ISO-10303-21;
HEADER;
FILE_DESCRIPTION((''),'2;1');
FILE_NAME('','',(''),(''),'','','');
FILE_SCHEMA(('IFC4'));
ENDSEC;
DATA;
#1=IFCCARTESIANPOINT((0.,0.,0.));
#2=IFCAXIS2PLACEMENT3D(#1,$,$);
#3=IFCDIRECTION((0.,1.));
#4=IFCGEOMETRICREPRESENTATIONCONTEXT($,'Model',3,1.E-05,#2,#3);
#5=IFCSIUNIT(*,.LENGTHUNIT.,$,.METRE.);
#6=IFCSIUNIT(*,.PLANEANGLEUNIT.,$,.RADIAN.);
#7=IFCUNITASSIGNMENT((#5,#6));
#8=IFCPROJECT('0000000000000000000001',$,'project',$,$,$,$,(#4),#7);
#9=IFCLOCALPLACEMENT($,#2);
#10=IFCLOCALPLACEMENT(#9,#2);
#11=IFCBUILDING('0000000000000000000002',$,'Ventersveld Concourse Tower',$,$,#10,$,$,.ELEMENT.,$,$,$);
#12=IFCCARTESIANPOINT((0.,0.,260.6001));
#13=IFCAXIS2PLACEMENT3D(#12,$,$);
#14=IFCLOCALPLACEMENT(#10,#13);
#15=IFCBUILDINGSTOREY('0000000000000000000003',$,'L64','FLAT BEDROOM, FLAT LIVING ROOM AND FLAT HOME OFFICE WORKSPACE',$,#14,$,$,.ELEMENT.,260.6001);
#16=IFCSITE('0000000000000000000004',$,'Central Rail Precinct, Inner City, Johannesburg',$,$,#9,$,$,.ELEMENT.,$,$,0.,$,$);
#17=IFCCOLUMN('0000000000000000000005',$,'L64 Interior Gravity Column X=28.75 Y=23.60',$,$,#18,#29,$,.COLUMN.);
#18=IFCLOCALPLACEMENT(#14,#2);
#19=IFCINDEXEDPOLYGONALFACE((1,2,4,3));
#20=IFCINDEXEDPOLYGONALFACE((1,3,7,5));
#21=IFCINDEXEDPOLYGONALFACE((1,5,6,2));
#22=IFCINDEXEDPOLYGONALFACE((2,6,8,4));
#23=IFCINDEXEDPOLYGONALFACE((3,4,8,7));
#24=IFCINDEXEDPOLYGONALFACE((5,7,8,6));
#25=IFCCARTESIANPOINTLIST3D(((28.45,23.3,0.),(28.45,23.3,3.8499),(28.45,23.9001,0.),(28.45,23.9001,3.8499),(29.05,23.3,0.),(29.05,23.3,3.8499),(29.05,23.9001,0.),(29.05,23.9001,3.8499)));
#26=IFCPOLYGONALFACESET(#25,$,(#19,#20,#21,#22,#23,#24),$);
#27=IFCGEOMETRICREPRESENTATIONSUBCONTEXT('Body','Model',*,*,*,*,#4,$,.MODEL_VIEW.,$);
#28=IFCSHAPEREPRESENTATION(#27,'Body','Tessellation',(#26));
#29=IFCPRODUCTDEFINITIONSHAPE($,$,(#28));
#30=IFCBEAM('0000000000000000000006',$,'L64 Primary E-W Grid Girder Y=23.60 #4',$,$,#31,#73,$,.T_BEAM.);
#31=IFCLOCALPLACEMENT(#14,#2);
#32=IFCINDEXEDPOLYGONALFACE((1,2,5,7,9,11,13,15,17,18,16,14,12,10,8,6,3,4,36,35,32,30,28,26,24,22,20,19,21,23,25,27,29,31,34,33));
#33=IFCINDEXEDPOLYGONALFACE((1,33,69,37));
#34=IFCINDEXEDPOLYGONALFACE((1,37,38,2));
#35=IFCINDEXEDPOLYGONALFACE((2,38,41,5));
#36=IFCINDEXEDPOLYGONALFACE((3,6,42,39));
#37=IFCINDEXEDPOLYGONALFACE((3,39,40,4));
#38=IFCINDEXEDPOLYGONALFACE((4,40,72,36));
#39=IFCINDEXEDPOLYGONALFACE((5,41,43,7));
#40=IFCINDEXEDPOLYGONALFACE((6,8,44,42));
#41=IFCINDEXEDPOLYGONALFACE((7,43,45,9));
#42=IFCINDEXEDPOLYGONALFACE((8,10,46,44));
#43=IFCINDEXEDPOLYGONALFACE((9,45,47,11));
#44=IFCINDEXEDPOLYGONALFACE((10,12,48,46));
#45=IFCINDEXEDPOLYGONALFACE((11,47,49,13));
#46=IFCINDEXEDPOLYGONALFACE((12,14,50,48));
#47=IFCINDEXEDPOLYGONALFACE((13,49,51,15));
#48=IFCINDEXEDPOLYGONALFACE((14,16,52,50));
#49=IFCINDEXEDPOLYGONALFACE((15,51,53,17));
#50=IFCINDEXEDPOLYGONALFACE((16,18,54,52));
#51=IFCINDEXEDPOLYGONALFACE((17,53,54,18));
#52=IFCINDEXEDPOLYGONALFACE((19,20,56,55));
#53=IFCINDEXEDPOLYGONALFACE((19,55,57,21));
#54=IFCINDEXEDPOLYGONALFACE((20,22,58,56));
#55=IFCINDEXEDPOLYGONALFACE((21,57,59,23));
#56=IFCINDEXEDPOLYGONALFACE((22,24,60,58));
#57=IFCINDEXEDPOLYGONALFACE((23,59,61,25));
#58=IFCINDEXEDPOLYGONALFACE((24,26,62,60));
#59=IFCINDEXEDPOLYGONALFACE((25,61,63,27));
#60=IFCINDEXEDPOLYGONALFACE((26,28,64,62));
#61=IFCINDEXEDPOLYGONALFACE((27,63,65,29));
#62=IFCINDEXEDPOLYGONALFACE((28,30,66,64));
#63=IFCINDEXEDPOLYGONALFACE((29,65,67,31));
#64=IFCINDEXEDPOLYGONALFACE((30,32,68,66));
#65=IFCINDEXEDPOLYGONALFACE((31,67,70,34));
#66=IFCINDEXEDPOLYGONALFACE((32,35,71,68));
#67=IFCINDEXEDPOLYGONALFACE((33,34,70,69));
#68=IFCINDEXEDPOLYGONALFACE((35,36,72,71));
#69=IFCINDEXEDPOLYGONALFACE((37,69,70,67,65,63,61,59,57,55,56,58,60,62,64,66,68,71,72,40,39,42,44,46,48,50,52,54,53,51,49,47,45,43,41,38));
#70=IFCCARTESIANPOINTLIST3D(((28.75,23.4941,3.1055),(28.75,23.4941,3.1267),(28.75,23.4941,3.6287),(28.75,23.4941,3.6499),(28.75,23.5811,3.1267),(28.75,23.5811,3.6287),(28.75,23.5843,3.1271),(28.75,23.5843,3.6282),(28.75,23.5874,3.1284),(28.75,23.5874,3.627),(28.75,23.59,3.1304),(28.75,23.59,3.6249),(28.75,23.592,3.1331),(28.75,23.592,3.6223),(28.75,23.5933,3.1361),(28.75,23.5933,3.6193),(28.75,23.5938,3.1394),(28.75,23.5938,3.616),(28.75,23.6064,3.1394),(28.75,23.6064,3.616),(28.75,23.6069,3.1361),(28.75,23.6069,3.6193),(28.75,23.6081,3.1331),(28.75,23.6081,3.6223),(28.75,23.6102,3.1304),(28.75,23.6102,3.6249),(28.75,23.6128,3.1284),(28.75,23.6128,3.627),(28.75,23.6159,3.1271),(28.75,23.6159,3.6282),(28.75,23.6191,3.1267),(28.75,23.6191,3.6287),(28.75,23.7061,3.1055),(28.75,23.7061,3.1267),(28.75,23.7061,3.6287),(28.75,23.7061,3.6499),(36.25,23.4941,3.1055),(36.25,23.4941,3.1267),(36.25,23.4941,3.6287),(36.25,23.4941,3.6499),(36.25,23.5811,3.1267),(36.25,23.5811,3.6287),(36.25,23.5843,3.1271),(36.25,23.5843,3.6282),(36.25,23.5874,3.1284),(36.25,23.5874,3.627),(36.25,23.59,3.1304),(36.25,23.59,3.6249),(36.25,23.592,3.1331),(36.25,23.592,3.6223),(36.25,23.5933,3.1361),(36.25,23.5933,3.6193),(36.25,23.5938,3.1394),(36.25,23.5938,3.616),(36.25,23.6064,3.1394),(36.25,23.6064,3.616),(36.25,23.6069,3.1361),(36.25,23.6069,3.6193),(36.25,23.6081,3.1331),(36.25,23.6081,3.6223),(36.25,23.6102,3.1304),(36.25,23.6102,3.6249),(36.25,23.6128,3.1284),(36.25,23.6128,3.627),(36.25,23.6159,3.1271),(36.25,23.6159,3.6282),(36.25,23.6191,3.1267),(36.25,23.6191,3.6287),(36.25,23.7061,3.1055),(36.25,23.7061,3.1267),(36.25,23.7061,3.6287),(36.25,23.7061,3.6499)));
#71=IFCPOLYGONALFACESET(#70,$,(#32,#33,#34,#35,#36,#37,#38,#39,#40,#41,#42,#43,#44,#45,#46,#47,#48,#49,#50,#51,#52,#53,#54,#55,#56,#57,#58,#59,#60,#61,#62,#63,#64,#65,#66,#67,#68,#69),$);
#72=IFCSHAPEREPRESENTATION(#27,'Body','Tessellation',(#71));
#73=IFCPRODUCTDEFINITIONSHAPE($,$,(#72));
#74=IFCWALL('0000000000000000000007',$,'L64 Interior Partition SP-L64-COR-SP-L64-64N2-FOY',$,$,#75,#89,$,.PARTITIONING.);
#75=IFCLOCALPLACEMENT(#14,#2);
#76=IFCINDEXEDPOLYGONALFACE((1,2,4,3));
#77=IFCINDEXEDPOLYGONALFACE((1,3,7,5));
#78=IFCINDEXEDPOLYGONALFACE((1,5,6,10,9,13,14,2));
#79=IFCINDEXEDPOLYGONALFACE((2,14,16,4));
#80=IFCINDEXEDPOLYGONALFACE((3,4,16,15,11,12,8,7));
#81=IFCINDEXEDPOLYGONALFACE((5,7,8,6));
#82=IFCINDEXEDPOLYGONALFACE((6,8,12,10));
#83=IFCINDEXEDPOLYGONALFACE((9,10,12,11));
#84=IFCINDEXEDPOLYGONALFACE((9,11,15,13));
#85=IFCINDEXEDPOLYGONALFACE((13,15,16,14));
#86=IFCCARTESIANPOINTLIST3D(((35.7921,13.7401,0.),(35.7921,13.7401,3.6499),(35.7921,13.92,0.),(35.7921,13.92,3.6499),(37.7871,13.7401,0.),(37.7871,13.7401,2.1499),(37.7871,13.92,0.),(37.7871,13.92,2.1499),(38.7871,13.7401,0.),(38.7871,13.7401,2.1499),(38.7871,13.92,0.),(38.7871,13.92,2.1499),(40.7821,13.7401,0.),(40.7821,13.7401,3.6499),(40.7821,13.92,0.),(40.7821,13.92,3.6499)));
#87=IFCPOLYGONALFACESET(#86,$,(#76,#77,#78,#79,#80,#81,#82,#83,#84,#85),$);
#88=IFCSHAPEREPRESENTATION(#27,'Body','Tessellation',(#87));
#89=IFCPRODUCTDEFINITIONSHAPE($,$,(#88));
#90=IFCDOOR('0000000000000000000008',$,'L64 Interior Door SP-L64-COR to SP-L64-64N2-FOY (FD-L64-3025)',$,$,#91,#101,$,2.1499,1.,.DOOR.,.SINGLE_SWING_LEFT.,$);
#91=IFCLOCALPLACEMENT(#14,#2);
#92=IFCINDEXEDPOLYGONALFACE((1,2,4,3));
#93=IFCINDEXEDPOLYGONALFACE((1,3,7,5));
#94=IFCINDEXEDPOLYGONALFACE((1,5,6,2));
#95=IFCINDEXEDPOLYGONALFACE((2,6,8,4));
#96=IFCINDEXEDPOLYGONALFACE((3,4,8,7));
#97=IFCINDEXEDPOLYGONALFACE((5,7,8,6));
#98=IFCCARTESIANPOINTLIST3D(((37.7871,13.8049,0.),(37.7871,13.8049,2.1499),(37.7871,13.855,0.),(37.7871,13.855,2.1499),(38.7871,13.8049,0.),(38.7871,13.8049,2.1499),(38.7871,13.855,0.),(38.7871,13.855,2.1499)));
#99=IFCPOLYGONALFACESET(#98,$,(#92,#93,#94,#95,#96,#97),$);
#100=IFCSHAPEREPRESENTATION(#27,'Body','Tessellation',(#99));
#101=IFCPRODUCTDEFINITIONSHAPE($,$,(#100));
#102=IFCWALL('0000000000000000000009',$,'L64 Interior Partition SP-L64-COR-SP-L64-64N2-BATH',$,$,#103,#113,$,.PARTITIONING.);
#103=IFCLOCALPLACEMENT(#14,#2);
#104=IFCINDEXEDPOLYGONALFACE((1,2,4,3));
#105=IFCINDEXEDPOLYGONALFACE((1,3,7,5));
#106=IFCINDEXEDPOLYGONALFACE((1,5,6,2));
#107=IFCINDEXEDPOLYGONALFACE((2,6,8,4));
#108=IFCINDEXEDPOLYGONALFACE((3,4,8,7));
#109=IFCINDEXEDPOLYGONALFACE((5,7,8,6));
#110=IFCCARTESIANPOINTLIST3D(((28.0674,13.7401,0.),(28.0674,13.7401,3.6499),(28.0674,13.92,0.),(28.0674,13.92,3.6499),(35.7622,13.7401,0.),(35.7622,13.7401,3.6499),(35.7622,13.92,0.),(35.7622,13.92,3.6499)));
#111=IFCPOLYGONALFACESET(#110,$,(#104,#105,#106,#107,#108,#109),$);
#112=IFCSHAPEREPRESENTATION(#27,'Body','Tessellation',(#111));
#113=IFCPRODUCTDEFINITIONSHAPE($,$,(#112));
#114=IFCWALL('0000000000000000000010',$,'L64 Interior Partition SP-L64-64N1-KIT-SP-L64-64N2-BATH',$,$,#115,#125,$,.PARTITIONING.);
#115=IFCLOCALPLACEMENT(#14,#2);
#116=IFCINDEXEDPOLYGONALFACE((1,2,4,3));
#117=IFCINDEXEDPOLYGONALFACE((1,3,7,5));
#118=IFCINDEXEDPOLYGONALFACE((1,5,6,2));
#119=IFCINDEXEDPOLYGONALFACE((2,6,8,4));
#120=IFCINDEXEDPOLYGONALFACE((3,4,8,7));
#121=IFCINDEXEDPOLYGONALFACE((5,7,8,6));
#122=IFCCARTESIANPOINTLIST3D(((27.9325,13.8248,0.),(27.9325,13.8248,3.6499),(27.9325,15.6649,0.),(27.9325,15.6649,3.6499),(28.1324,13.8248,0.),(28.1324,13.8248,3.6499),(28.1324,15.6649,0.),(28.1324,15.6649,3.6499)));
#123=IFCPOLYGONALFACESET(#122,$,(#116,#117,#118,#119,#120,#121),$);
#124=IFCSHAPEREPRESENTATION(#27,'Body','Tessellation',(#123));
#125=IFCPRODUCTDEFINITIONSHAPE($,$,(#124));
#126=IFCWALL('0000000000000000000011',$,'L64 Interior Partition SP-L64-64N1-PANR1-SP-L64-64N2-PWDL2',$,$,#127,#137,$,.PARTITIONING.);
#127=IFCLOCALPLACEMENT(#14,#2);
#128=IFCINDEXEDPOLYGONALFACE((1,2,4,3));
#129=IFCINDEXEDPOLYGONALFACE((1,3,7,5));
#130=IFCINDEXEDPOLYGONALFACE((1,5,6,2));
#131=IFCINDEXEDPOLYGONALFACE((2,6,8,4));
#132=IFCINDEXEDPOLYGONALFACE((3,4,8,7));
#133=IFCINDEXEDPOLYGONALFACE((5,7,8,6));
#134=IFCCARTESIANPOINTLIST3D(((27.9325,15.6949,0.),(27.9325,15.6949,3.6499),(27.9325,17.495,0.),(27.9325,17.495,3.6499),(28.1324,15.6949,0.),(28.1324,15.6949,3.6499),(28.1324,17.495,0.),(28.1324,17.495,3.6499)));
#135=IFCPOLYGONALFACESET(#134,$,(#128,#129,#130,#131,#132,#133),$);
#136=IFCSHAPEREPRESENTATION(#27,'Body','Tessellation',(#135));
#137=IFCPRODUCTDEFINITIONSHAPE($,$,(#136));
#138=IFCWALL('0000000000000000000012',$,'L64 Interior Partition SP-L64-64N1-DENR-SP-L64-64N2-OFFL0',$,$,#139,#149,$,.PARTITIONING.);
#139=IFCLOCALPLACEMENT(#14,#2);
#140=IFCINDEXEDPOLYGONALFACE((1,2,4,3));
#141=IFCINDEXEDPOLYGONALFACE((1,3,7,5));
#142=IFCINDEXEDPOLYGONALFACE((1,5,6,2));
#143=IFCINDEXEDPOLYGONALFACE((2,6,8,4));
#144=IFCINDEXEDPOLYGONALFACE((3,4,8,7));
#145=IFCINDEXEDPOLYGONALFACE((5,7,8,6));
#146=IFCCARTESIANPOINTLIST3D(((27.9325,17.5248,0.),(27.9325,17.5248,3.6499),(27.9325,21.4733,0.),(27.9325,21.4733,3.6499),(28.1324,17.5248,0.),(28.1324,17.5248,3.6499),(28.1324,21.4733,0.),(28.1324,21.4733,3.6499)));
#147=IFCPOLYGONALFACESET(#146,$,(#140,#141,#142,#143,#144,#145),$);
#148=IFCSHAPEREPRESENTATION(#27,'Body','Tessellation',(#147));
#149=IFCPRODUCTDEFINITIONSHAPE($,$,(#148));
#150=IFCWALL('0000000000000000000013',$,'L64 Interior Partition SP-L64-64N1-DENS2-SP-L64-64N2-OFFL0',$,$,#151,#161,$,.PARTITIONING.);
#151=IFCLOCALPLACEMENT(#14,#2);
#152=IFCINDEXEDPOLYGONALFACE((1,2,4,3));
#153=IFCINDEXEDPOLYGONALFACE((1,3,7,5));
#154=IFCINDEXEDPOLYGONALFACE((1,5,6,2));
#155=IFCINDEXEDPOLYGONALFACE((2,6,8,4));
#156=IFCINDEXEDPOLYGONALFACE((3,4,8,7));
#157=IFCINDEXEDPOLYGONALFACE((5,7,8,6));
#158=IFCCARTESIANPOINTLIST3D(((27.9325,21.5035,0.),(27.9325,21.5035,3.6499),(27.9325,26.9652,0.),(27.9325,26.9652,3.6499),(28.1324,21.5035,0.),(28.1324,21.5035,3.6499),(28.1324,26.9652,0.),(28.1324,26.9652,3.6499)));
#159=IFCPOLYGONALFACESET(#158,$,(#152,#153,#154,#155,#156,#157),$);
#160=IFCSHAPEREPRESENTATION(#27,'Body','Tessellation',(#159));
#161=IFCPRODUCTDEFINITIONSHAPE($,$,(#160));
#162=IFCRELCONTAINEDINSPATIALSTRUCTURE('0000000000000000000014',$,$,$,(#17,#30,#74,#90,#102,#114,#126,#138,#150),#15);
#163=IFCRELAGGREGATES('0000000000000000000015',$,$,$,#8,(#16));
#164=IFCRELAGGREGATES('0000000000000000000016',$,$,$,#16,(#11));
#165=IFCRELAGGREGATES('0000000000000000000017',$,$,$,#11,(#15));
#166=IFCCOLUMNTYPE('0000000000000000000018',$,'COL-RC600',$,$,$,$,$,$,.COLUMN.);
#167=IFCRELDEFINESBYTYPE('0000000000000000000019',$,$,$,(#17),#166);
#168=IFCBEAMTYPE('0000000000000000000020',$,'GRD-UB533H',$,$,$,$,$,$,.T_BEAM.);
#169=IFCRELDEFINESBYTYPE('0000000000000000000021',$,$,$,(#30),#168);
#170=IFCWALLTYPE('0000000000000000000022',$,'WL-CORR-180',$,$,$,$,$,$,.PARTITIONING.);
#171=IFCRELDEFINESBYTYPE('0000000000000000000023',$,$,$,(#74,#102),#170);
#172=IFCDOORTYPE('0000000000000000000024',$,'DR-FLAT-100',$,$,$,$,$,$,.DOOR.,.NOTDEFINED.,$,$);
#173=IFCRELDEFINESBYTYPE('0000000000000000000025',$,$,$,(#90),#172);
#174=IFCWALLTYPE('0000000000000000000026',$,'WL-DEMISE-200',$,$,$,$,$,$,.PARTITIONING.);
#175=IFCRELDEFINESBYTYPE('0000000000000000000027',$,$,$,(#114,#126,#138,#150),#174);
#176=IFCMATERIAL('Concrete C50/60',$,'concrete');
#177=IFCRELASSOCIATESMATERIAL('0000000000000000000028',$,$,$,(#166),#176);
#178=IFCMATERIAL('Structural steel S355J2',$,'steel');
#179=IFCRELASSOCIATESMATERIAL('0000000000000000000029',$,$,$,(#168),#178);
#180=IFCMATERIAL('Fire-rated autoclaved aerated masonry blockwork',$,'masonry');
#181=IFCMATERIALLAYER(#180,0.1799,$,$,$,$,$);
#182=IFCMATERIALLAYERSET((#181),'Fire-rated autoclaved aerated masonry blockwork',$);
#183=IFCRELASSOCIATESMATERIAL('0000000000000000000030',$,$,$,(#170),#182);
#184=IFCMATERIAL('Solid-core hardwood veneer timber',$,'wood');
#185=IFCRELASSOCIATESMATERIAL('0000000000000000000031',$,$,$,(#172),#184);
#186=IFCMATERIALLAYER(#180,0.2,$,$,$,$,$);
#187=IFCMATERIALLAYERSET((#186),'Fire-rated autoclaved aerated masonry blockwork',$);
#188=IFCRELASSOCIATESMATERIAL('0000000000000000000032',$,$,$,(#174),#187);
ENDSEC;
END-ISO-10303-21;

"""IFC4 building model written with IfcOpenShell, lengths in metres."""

from ifc_helpers import new_model, si_unit, direction, frame, frame_2d, origin, origin_2d, place, context, subcontext, project, spatial, rectangle, i_section, extrude, material, layer, layer_set, material_profile, profile_set, type_object, element, fill, save


model = new_model("IFC4")

# Units and contexts
model_context = context("Model", 3, precision=1e-05, world=origin(), true_north=direction((0.0, 1.0)))
body_context = subcontext(model_context, "Body", "Model", "MODEL_VIEW")
ifc_project = project(units=[si_unit("LENGTHUNIT", "METRE"), si_unit("PLANEANGLEUNIT", "RADIAN")], contexts=[model_context])

# Site, building, storey
site_placement = place(None, origin())
site = spatial("IfcSite", under=ifc_project, at=site_placement, Name="Central Rail Precinct, Inner City, Johannesburg", CompositionType="ELEMENT", RefElevation=0.0)
building_placement = place(site_placement, origin())
building = spatial("IfcBuilding", under=site, at=building_placement, Name="Ventersveld Concourse Tower", CompositionType="ELEMENT")
storey_placement = place(building_placement, frame((0.0, 0.0, 260.6001)))
storey = spatial("IfcBuildingStorey", under=building, at=storey_placement, Name="L64", Description="FLAT BEDROOM, FLAT LIVING ROOM AND FLAT HOME OFFICE WORKSPACE", CompositionType="ELEMENT", Elevation=260.6001)

# Column
ifc_material_1 = material(Name="Concrete C50/60", Category="concrete")
ifc_material_profile_1 = material_profile(ifc_material_1, rectangle(XDim=0.6001, YDim=0.6001, at=origin_2d()), Name="RC 600x600")
ifc_profile_set_1 = profile_set([ifc_material_profile_1], Name="Concrete C50/60")
column_type = type_object("IfcColumnType", Name="COL-RC600", PredefinedType="COLUMN", material=ifc_profile_set_1)
column_placement = place(storey_placement, frame((28.75, 23.6001, 0.0), z_axis=(0.0, 0.0, 1.0), x_axis=(1.0, 0.0, 0.0)))
element("IfcColumn", 1, at=column_placement, inside=storey, type_object=column_type, Name="L64 Interior Gravity Column X=28.75 Y=23.60", PredefinedType="COLUMN", context=body_context, shape_type="SweptSolid", body=[
    extrude(rectangle(XDim=0.6001, YDim=0.6001, at=origin_2d()), origin(), (0.0, 0.0, 1.0), 3.8499),
])

# Beam
ifc_material_2 = material(Name="Structural steel S355J2", Category="steel")
ifc_material_profile_2 = material_profile(ifc_material_2, i_section(OverallWidth=0.2119, OverallDepth=0.5444, WebThickness=0.0127, FlangeThickness=0.0212, FilletRadius=0.0127, at=origin_2d()), Name="UB 533x210x122")
ifc_profile_set_2 = profile_set([ifc_material_profile_2], Name="Structural steel S355J2")
beam_type = type_object("IfcBeamType", Name="GRD-UB533H", PredefinedType="T_BEAM", material=ifc_profile_set_2)
beam_placement = place(storey_placement, frame((28.75, 23.6001, 3.3777), z_axis=(1.0, 0.0, 0.0), x_axis=(0.0, 1.0, 0.0)))
element("IfcBeam", 2, at=beam_placement, inside=storey, type_object=beam_type, Name="L64 Primary E-W Grid Girder Y=23.60 #4", PredefinedType="T_BEAM", context=body_context, shape_type="SweptSolid", body=[
    extrude(i_section(OverallWidth=0.2119, OverallDepth=0.5444, WebThickness=0.0127, FlangeThickness=0.0212, FilletRadius=0.0127, at=origin_2d()), origin(), (0.0, 0.0, 1.0), 7.5),
])

# Wall, opening, door
ifc_material_3 = material(Name="Fire-rated autoclaved aerated masonry blockwork", Category="masonry")
ifc_layer_1 = layer(ifc_material_3, 0.1799)
ifc_layer_set_1 = layer_set([ifc_layer_1], Name="Fire-rated autoclaved aerated masonry blockwork")
wall_type_1 = type_object("IfcWallType", Name="WL-CORR-180", PredefinedType="PARTITIONING", material=ifc_layer_set_1)
wall_1_placement = place(storey_placement, frame((35.792, 13.8301, 0.0), z_axis=(0.0, 0.0, 1.0), x_axis=(1.0, 0.0, 0.0)))
wall_1 = element("IfcWall", 3, at=wall_1_placement, inside=storey, type_object=wall_type_1, Name="L64 Interior Partition SP-L64-COR-SP-L64-64N2-FOY", PredefinedType="PARTITIONING", context=body_context, shape_type="SweptSolid", body=[
    extrude(rectangle(XDim=4.99, YDim=0.1799, at=frame_2d((2.4951, 0.0))), origin(), (0.0, 0.0, 1.0), 3.6499),
])
opening_1_placement = place(wall_1_placement, frame((1.9951, 0.0, 0.0)))
opening_1 = element("IfcOpeningElement", 4, at=opening_1_placement, cuts=wall_1, PredefinedType="OPENING", context=body_context, shape_type="SweptSolid", body=[
    extrude(rectangle(XDim=1.0, YDim=2.1499, at=frame_2d((0.5, 1.075))), frame((0.0, 0.1001, 0.0), z_axis=(0.0, -1.0, 0.0), x_axis=(1.0, 0.0, 0.0)), (0.0, 0.0, 1.0), 0.2),
])
ifc_material_4 = material(Name="Solid-core hardwood veneer timber", Category="wood")
door_type_1 = type_object("IfcDoorType", Name="DR-FLAT-100", OperationType="NOTDEFINED", PredefinedType="DOOR", material=ifc_material_4)
door_1_placement = place(opening_1_placement, origin())
door_1 = element("IfcDoor", 5, at=door_1_placement, inside=storey, type_object=door_type_1, Name="L64 Interior Door SP-L64-COR to SP-L64-64N2-FOY (FD-L64-3025)", OperationType="SINGLE_SWING_LEFT", OverallHeight=2.1499, OverallWidth=1.0, PredefinedType="DOOR", context=body_context, shape_type="SweptSolid", body=[
    extrude(rectangle(XDim=1.0, YDim=2.1499, at=frame_2d((0.5, 1.075))), frame((0.0, 0.0249, 0.0), z_axis=(0.0, -1.0, 0.0), x_axis=(1.0, 0.0, 0.0)), (0.0, 0.0, 1.0), 0.05),
])
fill(opening_1, door_1)

# Walls
wall_2_placement = place(storey_placement, frame((28.0674, 13.8301, 0.0), z_axis=(0.0, 0.0, 1.0), x_axis=(1.0, 0.0, 0.0)))
element("IfcWall", 6, at=wall_2_placement, inside=storey, type_object=wall_type_1, Name="L64 Interior Partition SP-L64-COR-SP-L64-64N2-BATH", PredefinedType="PARTITIONING", context=body_context, shape_type="SweptSolid", body=[
    extrude(rectangle(XDim=7.6948, YDim=0.1799, at=frame_2d((3.8474, 0.0))), origin(), (0.0, 0.0, 1.0), 3.6499),
])
ifc_layer_2 = layer(ifc_material_3, 0.2)
ifc_layer_set_2 = layer_set([ifc_layer_2], Name="Fire-rated autoclaved aerated masonry blockwork")
wall_type_2 = type_object("IfcWallType", Name="WL-DEMISE-200", PredefinedType="PARTITIONING", material=ifc_layer_set_2)
wall_3_placement = place(storey_placement, frame((28.0325, 13.825, 0.0), z_axis=(0.0, 0.0, 1.0), x_axis=(0.0, 1.0, 0.0)))
element("IfcWall", 7, at=wall_3_placement, inside=storey, type_object=wall_type_2, Name="L64 Interior Partition SP-L64-64N1-KIT-SP-L64-64N2-BATH", PredefinedType="PARTITIONING", context=body_context, shape_type="SweptSolid", body=[
    extrude(rectangle(XDim=1.8401, YDim=0.2, at=frame_2d((0.9199, 0.0))), origin(), (0.0, 0.0, 1.0), 3.6499),
])
wall_4_placement = place(storey_placement, frame((28.0325, 15.6951, 0.0), z_axis=(0.0, 0.0, 1.0), x_axis=(0.0, 1.0, 0.0)))
element("IfcWall", 8, at=wall_4_placement, inside=storey, type_object=wall_type_2, Name="L64 Interior Partition SP-L64-64N1-PANR1-SP-L64-64N2-PWDL2", PredefinedType="PARTITIONING", context=body_context, shape_type="SweptSolid", body=[
    extrude(rectangle(XDim=1.8, YDim=0.2, at=frame_2d((0.8999, 0.0))), origin(), (0.0, 0.0, 1.0), 3.6499),
])
wall_5_placement = place(storey_placement, frame((28.0325, 17.5249, 0.0), z_axis=(0.0, 0.0, 1.0), x_axis=(0.0, 1.0, 0.0)))
element("IfcWall", 9, at=wall_5_placement, inside=storey, type_object=wall_type_2, Name="L64 Interior Partition SP-L64-64N1-DENR-SP-L64-64N2-OFFL0", PredefinedType="PARTITIONING", context=body_context, shape_type="SweptSolid", body=[
    extrude(rectangle(XDim=3.9485, YDim=0.2, at=frame_2d((1.9741, 0.0))), origin(), (0.0, 0.0, 1.0), 3.6499),
])
wall_6_placement = place(storey_placement, frame((28.0325, 21.5034, 0.0), z_axis=(0.0, 0.0, 1.0), x_axis=(0.0, 1.0, 0.0)))
element("IfcWall", 10, at=wall_6_placement, inside=storey, type_object=wall_type_2, Name="L64 Interior Partition SP-L64-64N1-DENS2-SP-L64-64N2-OFFL0", PredefinedType="PARTITIONING", context=body_context, shape_type="SweptSolid", body=[
    extrude(rectangle(XDim=5.4617, YDim=0.2, at=frame_2d((2.731, 0.0))), origin(), (0.0, 0.0, 1.0), 3.6499),
])

save(model, "model.ifc")
